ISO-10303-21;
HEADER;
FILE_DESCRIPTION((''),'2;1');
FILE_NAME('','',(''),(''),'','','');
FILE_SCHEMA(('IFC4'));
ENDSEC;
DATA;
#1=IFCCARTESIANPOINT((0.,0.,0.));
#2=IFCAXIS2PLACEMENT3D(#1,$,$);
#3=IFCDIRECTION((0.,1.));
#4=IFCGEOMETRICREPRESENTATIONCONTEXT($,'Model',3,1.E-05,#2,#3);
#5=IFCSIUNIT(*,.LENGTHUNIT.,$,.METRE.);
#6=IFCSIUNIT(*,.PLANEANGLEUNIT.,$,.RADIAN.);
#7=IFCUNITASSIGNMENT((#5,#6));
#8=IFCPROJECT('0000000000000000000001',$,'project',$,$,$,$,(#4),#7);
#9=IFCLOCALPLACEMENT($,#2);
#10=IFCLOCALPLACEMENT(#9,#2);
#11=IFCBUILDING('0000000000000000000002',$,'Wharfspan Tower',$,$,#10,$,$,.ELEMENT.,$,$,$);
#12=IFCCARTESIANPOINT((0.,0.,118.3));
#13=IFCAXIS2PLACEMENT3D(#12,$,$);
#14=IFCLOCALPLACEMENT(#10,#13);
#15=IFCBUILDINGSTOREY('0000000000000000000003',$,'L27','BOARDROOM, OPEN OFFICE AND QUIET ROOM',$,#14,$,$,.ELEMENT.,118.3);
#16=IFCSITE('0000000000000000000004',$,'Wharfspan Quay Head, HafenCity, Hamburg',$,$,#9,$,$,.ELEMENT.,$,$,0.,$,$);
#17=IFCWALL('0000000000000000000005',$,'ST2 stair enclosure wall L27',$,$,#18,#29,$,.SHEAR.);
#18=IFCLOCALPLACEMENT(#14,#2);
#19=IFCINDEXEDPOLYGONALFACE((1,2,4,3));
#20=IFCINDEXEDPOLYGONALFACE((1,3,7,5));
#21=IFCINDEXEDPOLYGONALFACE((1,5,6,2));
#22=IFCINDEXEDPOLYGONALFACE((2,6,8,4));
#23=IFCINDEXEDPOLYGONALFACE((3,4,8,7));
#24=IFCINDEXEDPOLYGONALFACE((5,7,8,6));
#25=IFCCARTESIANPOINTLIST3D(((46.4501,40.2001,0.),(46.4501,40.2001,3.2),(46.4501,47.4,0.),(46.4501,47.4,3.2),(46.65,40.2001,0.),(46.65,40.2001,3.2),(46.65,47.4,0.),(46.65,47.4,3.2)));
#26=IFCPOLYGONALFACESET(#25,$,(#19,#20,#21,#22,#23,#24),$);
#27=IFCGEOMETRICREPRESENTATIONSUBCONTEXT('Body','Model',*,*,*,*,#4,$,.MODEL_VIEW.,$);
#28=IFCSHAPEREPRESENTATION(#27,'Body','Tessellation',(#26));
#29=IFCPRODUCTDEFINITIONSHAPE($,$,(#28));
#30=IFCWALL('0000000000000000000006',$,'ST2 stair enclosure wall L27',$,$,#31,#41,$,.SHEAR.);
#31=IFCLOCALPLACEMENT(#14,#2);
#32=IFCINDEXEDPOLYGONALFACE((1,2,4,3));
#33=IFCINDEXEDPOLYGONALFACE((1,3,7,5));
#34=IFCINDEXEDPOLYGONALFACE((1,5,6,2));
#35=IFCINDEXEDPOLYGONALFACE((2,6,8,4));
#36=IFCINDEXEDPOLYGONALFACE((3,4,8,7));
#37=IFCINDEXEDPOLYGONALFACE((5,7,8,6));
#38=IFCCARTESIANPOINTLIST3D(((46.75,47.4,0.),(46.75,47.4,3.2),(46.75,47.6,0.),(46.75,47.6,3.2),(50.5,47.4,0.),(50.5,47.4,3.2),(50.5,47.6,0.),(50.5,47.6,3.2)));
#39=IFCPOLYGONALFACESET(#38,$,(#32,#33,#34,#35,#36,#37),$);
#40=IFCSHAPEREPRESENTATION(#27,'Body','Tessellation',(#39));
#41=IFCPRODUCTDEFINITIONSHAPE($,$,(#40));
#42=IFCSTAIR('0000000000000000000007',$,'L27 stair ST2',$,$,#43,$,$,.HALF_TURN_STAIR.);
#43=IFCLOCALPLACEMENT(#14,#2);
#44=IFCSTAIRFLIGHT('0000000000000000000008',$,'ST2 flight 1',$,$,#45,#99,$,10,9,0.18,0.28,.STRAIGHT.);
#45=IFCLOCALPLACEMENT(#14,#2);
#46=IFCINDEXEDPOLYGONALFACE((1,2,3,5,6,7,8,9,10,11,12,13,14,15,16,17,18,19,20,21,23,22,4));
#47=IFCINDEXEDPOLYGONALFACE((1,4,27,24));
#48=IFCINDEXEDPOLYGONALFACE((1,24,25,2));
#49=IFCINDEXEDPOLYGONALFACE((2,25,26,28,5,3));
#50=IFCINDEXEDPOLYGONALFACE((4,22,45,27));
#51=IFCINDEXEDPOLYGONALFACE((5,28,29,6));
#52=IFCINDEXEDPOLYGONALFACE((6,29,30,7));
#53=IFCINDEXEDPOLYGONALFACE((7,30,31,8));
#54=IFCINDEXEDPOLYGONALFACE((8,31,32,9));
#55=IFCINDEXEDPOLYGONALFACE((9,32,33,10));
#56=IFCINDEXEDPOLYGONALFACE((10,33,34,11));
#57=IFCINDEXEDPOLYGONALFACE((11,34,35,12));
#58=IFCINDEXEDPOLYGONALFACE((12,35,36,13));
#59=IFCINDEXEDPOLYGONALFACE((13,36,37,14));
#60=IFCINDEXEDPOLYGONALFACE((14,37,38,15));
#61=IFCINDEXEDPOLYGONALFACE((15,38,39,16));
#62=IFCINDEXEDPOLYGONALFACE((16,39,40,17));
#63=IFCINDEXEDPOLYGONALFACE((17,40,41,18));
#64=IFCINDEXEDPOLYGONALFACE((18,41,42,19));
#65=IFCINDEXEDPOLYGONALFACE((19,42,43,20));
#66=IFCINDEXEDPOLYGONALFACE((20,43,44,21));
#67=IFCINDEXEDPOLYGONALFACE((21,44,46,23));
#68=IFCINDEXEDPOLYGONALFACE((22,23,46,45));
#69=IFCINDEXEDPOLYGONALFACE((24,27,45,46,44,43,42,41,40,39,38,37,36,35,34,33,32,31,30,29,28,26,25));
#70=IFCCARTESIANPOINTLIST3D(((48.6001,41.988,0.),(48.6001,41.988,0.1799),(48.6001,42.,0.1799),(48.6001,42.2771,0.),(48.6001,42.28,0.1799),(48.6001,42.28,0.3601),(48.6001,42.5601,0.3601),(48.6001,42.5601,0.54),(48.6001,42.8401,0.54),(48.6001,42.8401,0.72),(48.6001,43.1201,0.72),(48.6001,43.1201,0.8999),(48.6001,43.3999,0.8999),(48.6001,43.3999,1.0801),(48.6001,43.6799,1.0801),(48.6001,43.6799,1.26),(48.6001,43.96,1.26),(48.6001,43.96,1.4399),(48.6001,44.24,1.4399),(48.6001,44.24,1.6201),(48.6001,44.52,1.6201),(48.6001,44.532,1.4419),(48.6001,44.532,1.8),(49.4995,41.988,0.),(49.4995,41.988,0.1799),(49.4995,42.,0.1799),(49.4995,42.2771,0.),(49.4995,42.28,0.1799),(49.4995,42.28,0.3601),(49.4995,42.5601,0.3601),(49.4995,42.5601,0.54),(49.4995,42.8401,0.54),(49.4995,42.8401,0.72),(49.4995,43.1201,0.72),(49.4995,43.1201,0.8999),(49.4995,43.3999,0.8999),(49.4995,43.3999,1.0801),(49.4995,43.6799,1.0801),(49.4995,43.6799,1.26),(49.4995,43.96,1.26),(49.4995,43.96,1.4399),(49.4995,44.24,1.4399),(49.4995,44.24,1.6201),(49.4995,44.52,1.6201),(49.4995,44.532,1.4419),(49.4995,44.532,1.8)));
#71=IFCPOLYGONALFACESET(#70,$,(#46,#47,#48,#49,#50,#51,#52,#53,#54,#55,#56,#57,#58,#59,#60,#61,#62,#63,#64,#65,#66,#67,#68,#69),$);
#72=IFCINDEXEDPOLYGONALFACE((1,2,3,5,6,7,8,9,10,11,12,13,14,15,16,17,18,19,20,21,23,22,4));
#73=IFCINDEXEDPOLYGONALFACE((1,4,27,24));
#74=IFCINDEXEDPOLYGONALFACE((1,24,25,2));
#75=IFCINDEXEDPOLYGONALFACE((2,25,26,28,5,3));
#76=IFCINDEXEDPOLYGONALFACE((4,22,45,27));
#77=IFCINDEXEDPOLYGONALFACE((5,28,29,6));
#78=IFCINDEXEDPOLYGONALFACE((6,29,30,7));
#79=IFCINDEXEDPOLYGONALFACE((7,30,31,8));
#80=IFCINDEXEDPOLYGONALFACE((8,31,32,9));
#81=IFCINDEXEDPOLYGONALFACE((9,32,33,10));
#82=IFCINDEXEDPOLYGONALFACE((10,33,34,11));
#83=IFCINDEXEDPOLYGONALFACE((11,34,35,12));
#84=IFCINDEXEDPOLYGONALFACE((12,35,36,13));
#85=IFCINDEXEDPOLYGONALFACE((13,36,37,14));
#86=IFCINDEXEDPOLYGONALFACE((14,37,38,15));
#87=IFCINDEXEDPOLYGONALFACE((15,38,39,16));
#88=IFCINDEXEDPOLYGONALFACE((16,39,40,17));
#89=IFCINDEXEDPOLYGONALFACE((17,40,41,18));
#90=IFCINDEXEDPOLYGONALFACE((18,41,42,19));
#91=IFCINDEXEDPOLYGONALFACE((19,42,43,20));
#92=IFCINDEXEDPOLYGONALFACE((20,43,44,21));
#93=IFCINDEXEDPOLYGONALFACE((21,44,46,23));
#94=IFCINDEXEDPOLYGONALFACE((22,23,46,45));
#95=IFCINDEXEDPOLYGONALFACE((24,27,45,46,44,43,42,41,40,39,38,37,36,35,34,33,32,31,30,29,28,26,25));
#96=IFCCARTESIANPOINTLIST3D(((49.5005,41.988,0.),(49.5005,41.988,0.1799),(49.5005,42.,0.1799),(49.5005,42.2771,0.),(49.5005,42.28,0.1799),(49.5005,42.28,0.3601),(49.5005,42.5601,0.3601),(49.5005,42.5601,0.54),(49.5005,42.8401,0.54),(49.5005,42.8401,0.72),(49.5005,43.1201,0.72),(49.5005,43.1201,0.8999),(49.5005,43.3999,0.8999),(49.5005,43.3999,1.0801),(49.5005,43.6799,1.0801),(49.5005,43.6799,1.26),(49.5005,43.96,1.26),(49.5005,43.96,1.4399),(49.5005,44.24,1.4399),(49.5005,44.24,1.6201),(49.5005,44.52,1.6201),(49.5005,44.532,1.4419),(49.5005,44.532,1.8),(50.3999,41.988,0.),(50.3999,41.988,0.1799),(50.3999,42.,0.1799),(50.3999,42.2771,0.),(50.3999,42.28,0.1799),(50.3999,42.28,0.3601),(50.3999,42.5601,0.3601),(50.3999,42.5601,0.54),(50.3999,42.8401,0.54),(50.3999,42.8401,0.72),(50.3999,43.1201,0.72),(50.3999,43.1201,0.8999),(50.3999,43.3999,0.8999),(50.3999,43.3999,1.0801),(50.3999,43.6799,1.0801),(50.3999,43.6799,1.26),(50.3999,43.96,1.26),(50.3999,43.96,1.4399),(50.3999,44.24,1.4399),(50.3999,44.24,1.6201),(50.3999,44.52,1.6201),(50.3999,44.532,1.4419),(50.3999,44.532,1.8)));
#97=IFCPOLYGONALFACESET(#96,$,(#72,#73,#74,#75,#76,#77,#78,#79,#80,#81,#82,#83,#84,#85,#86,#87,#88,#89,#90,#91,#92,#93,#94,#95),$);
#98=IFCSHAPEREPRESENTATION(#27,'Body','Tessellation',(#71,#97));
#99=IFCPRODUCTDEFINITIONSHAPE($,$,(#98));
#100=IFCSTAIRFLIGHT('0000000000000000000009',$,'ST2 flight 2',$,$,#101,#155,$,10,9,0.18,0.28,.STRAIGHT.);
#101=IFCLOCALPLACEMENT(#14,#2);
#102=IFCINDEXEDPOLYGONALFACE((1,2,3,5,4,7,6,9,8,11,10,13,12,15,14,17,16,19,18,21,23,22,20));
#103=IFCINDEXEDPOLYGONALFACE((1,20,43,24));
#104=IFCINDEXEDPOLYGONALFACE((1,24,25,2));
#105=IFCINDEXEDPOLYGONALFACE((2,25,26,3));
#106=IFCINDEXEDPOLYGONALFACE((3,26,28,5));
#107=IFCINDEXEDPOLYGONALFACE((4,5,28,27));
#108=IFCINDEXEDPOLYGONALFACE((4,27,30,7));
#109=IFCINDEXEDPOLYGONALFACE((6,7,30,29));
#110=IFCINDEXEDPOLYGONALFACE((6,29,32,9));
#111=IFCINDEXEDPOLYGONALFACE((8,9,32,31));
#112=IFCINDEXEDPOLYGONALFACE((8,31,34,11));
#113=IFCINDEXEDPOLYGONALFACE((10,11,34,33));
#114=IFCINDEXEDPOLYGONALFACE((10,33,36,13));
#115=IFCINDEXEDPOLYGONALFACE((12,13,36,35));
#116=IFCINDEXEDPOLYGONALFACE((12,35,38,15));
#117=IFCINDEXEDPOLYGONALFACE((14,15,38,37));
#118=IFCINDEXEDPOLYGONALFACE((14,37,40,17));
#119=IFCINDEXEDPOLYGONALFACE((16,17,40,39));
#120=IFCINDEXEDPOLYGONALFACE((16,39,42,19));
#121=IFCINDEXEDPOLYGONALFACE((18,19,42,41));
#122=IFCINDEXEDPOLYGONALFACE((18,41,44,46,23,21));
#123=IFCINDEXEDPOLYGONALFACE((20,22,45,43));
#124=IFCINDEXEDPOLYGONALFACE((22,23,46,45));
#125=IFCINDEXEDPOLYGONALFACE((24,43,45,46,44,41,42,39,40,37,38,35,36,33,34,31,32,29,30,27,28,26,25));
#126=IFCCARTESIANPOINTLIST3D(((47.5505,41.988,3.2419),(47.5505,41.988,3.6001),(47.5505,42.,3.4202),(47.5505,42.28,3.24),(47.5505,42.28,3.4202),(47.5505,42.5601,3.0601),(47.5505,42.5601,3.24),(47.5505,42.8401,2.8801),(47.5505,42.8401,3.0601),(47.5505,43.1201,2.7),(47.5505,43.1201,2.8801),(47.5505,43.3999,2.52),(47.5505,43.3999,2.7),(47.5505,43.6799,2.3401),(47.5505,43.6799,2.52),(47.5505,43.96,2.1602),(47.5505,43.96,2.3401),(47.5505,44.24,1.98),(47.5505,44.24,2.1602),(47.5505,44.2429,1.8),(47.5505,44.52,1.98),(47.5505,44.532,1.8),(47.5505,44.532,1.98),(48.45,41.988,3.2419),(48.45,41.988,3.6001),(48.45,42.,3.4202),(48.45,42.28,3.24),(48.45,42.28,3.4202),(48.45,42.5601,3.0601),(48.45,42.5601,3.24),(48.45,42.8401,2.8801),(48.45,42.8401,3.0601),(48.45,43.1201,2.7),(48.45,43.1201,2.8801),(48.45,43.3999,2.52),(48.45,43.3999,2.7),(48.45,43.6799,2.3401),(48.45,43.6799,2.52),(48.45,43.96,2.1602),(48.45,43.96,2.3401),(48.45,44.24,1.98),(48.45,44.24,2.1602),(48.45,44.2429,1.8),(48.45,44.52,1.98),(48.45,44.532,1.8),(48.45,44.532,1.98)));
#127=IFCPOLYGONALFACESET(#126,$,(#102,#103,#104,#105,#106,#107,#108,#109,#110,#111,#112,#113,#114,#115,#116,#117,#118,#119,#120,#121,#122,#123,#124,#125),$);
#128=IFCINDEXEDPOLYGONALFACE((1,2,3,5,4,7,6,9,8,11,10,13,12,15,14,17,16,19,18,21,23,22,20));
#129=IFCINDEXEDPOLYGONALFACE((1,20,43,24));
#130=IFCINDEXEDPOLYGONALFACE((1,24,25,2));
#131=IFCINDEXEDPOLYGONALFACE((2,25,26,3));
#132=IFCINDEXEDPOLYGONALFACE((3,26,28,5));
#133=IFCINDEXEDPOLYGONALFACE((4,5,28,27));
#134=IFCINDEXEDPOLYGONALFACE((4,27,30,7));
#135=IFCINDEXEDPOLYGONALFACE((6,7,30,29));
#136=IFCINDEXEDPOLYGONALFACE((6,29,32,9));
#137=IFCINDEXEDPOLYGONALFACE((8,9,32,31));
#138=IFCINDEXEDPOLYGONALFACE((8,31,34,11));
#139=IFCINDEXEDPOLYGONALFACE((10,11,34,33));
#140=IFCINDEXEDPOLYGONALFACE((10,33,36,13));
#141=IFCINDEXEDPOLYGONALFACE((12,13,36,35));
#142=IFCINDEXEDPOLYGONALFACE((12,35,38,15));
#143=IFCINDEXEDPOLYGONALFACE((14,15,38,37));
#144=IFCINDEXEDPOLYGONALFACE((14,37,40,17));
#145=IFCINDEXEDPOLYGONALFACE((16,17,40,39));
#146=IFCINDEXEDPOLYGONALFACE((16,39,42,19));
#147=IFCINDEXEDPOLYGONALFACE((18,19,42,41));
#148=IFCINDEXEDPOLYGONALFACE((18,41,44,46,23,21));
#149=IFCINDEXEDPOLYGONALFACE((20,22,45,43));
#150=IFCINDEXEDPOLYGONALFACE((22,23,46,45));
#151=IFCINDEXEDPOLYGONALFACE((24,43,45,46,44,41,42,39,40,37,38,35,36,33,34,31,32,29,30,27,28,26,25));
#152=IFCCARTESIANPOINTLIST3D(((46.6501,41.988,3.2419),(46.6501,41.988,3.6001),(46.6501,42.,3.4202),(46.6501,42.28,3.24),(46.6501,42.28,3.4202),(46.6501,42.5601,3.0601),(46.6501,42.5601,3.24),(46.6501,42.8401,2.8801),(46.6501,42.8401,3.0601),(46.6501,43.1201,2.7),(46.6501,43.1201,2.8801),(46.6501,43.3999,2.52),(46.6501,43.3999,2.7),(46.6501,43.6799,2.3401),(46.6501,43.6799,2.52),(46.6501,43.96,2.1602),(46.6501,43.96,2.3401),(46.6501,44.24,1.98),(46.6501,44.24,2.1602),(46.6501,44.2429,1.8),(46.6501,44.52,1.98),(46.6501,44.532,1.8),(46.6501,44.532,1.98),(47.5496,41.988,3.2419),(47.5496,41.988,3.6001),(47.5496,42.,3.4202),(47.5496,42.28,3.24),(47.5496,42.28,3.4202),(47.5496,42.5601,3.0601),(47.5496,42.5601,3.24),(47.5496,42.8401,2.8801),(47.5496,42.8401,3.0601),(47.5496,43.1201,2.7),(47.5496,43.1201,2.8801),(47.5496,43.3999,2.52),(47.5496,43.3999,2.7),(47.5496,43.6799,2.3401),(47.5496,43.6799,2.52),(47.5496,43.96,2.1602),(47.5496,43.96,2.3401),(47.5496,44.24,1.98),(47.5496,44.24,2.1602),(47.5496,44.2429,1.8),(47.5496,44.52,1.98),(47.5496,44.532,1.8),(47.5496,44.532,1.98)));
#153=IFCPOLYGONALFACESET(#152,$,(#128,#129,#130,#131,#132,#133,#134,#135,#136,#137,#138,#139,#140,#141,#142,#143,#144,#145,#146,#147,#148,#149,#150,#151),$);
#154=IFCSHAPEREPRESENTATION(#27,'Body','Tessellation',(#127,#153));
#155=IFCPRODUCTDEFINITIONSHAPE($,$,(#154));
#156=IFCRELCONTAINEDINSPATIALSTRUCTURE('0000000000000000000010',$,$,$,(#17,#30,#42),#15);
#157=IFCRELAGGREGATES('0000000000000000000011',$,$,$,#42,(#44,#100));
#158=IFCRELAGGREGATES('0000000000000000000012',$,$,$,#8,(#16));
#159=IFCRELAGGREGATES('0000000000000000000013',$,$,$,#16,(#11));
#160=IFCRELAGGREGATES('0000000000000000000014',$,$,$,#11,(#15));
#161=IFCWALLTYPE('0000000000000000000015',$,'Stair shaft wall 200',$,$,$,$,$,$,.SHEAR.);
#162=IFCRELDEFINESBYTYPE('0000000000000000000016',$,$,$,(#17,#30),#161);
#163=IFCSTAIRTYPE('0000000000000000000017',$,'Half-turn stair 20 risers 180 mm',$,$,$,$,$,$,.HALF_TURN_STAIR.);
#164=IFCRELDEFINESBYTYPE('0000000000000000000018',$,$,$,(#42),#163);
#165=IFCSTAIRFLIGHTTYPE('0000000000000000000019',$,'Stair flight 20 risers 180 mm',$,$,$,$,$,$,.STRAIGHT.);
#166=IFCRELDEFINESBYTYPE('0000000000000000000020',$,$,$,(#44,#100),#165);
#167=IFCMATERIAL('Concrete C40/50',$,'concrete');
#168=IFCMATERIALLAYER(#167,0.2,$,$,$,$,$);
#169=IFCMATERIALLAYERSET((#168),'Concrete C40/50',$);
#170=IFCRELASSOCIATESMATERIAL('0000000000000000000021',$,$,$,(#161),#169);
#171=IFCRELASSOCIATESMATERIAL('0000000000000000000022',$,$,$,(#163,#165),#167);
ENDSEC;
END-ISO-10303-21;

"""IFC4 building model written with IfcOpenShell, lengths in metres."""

from ifc_helpers import new_model, si_unit, direction, frame, frame_2d, origin, place, context, subcontext, project, spatial, polyline, rectangle, outline, extrude, material, layer, layer_set, type_object, element, aggregate, save


model = new_model("IFC4")

# Units and contexts
model_context = context("Model", 3, precision=1e-05, world=origin(), true_north=direction((0.0, 1.0)))
body_context = subcontext(model_context, "Body", "Model", "MODEL_VIEW")
ifc_project = project(units=[si_unit("LENGTHUNIT", "METRE"), si_unit("PLANEANGLEUNIT", "RADIAN")], contexts=[model_context])

# Site, building, storey
site_placement = place(None, origin())
site = spatial("IfcSite", under=ifc_project, at=site_placement, Name="Wharfspan Quay Head, HafenCity, Hamburg", CompositionType="ELEMENT", RefElevation=0.0)
building_placement = place(site_placement, origin())
building = spatial("IfcBuilding", under=site, at=building_placement, Name="Wharfspan Tower", CompositionType="ELEMENT")
storey_placement = place(building_placement, frame((0.0, 0.0, 118.3)))
storey = spatial("IfcBuildingStorey", under=building, at=storey_placement, Name="L27", Description="BOARDROOM, OPEN OFFICE AND QUIET ROOM", CompositionType="ELEMENT", Elevation=118.3)

# Shared definitions
ifc_material_1 = material(Name="Concrete C40/50", Category="concrete")
ifc_layer = layer(ifc_material_1, 0.2)
ifc_layer_set = layer_set([ifc_layer], Name="Concrete C40/50")
wall_type = type_object("IfcWallType", Name="Stair shaft wall 200", PredefinedType="SHEAR", material=ifc_layer_set)

# Walls
wall_1_placement = place(storey_placement, frame((46.55, 40.2, 0.0), z_axis=(0.0, 0.0, 1.0), x_axis=(0.0, 1.0, 0.0)))
element("IfcWall", 1, at=wall_1_placement, inside=storey, type_object=wall_type, Name="ST2 stair enclosure wall L27", PredefinedType="SHEAR", context=body_context, shape_type="SweptSolid", body=[
    extrude(rectangle(XDim=7.2, YDim=0.2, at=frame_2d((3.6001, 0.0))), origin(), (0.0, 0.0, 1.0), 3.2),
])
wall_2_placement = place(storey_placement, frame((46.75, 47.5, 0.0), z_axis=(0.0, 0.0, 1.0), x_axis=(1.0, 0.0, 0.0)))
element("IfcWall", 2, at=wall_2_placement, inside=storey, type_object=wall_type, Name="ST2 stair enclosure wall L27", PredefinedType="SHEAR", context=body_context, shape_type="SweptSolid", body=[
    extrude(rectangle(XDim=3.75, YDim=0.2, at=frame_2d((1.875, 0.0))), origin(), (0.0, 0.0, 1.0), 3.2),
])

# Stair, stair flights
stair_type = type_object("IfcStairType", Name="Half-turn stair 20 risers 180 mm", PredefinedType="HALF_TURN_STAIR", material=ifc_material_1)
stair_placement = place(storey_placement, origin())
stair = element("IfcStair", 3, at=stair_placement, inside=storey, type_object=stair_type, Name="L27 stair ST2", PredefinedType="HALF_TURN_STAIR")
stair_flight_type = type_object("IfcStairFlightType", Name="Stair flight 20 risers 180 mm", PredefinedType="STRAIGHT", material=ifc_material_1)
stair_flight_1_placement = place(storey_placement, frame((49.5, 42.0, 0.0), z_axis=(0.0, 0.0, 1.0), x_axis=(0.0, 1.0, 0.0)))
stair_flight_1 = element("IfcStairFlight", 4, at=stair_flight_1_placement, type_object=stair_flight_type, Name="ST2 flight 1", NumberOfRisers=10, NumberOfTreads=9, PredefinedType="STRAIGHT", RiserHeight=0.18, TreadLength=0.28, context=body_context, shape_type="SweptSolid", body=[
    extrude(outline(polyline([(-0.012, 0.0), (-0.012, 0.1799), (0.0, 0.1799), (0.28, 0.1799), (0.28, 0.3601), (0.5601, 0.3601), (0.5601, 0.54), (0.8401, 0.54), (0.8401, 0.72), (1.1201, 0.72), (1.1201, 0.8999), (1.3999, 0.8999), (1.3999, 1.0801), (1.6799, 1.0801), (1.6799, 1.26), (1.96, 1.26), (1.96, 1.4399), (2.24, 1.4399), (2.24, 1.6201), (2.52, 1.6201), (2.532, 1.8), (2.532, 1.4419), (0.2771, 0.0), (-0.012, 0.0)])), frame((0.0, 0.8999, 0.0), z_axis=(0.0, -1.0, 0.0), x_axis=(1.0, 0.0, 0.0)), (0.0, 0.0, 1.0), 0.8994),
    extrude(outline(polyline([(-0.012, 0.0), (-0.012, 0.1799), (0.0, 0.1799), (0.28, 0.1799), (0.28, 0.3601), (0.5601, 0.3601), (0.5601, 0.54), (0.8401, 0.54), (0.8401, 0.72), (1.1201, 0.72), (1.1201, 0.8999), (1.3999, 0.8999), (1.3999, 1.0801), (1.6799, 1.0801), (1.6799, 1.26), (1.96, 1.26), (1.96, 1.4399), (2.24, 1.4399), (2.24, 1.6201), (2.52, 1.6201), (2.532, 1.8), (2.532, 1.4419), (0.2771, 0.0), (-0.012, 0.0)])), frame((0.0, -0.0005, 0.0), z_axis=(0.0, -1.0, 0.0), x_axis=(1.0, 0.0, 0.0)), (0.0, 0.0, 1.0), 0.8994),
])
stair_flight_2_placement = place(storey_placement, frame((47.55, 44.52, 1.8), z_axis=(0.0, 0.0, 1.0), x_axis=(0.0, -1.0, 0.0)))
stair_flight_2 = element("IfcStairFlight", 5, at=stair_flight_2_placement, type_object=stair_flight_type, Name="ST2 flight 2", NumberOfRisers=10, NumberOfTreads=9, PredefinedType="STRAIGHT", RiserHeight=0.18, TreadLength=0.28, context=body_context, shape_type="SweptSolid", body=[
    extrude(outline(polyline([(-0.012, 0.0), (-0.012, 0.1799), (0.0, 0.1799), (0.28, 0.1799), (0.28, 0.3601), (0.5601, 0.3601), (0.5601, 0.54), (0.8401, 0.54), (0.8401, 0.72), (1.1201, 0.72), (1.1201, 0.8999), (1.3999, 0.8999), (1.3999, 1.0801), (1.6799, 1.0801), (1.6799, 1.26), (1.96, 1.26), (1.96, 1.4399), (2.24, 1.4399), (2.24, 1.6201), (2.52, 1.6201), (2.532, 1.8), (2.532, 1.4419), (0.2771, 0.0), (-0.012, 0.0)])), frame((0.0, 0.8999, 0.0), z_axis=(0.0, -1.0, 0.0), x_axis=(1.0, 0.0, 0.0)), (0.0, 0.0, 1.0), 0.8994),
    extrude(outline(polyline([(-0.012, 0.0), (-0.012, 0.1799), (0.0, 0.1799), (0.28, 0.1799), (0.28, 0.3601), (0.5601, 0.3601), (0.5601, 0.54), (0.8401, 0.54), (0.8401, 0.72), (1.1201, 0.72), (1.1201, 0.8999), (1.3999, 0.8999), (1.3999, 1.0801), (1.6799, 1.0801), (1.6799, 1.26), (1.96, 1.26), (1.96, 1.4399), (2.24, 1.4399), (2.24, 1.6201), (2.52, 1.6201), (2.532, 1.8), (2.532, 1.4419), (0.2771, 0.0), (-0.012, 0.0)])), frame((0.0, -0.0005, 0.0), z_axis=(0.0, -1.0, 0.0), x_axis=(1.0, 0.0, 0.0)), (0.0, 0.0, 1.0), 0.8994),
])
aggregate(stair, [stair_flight_1, stair_flight_2])

save(model, "model.ifc")
